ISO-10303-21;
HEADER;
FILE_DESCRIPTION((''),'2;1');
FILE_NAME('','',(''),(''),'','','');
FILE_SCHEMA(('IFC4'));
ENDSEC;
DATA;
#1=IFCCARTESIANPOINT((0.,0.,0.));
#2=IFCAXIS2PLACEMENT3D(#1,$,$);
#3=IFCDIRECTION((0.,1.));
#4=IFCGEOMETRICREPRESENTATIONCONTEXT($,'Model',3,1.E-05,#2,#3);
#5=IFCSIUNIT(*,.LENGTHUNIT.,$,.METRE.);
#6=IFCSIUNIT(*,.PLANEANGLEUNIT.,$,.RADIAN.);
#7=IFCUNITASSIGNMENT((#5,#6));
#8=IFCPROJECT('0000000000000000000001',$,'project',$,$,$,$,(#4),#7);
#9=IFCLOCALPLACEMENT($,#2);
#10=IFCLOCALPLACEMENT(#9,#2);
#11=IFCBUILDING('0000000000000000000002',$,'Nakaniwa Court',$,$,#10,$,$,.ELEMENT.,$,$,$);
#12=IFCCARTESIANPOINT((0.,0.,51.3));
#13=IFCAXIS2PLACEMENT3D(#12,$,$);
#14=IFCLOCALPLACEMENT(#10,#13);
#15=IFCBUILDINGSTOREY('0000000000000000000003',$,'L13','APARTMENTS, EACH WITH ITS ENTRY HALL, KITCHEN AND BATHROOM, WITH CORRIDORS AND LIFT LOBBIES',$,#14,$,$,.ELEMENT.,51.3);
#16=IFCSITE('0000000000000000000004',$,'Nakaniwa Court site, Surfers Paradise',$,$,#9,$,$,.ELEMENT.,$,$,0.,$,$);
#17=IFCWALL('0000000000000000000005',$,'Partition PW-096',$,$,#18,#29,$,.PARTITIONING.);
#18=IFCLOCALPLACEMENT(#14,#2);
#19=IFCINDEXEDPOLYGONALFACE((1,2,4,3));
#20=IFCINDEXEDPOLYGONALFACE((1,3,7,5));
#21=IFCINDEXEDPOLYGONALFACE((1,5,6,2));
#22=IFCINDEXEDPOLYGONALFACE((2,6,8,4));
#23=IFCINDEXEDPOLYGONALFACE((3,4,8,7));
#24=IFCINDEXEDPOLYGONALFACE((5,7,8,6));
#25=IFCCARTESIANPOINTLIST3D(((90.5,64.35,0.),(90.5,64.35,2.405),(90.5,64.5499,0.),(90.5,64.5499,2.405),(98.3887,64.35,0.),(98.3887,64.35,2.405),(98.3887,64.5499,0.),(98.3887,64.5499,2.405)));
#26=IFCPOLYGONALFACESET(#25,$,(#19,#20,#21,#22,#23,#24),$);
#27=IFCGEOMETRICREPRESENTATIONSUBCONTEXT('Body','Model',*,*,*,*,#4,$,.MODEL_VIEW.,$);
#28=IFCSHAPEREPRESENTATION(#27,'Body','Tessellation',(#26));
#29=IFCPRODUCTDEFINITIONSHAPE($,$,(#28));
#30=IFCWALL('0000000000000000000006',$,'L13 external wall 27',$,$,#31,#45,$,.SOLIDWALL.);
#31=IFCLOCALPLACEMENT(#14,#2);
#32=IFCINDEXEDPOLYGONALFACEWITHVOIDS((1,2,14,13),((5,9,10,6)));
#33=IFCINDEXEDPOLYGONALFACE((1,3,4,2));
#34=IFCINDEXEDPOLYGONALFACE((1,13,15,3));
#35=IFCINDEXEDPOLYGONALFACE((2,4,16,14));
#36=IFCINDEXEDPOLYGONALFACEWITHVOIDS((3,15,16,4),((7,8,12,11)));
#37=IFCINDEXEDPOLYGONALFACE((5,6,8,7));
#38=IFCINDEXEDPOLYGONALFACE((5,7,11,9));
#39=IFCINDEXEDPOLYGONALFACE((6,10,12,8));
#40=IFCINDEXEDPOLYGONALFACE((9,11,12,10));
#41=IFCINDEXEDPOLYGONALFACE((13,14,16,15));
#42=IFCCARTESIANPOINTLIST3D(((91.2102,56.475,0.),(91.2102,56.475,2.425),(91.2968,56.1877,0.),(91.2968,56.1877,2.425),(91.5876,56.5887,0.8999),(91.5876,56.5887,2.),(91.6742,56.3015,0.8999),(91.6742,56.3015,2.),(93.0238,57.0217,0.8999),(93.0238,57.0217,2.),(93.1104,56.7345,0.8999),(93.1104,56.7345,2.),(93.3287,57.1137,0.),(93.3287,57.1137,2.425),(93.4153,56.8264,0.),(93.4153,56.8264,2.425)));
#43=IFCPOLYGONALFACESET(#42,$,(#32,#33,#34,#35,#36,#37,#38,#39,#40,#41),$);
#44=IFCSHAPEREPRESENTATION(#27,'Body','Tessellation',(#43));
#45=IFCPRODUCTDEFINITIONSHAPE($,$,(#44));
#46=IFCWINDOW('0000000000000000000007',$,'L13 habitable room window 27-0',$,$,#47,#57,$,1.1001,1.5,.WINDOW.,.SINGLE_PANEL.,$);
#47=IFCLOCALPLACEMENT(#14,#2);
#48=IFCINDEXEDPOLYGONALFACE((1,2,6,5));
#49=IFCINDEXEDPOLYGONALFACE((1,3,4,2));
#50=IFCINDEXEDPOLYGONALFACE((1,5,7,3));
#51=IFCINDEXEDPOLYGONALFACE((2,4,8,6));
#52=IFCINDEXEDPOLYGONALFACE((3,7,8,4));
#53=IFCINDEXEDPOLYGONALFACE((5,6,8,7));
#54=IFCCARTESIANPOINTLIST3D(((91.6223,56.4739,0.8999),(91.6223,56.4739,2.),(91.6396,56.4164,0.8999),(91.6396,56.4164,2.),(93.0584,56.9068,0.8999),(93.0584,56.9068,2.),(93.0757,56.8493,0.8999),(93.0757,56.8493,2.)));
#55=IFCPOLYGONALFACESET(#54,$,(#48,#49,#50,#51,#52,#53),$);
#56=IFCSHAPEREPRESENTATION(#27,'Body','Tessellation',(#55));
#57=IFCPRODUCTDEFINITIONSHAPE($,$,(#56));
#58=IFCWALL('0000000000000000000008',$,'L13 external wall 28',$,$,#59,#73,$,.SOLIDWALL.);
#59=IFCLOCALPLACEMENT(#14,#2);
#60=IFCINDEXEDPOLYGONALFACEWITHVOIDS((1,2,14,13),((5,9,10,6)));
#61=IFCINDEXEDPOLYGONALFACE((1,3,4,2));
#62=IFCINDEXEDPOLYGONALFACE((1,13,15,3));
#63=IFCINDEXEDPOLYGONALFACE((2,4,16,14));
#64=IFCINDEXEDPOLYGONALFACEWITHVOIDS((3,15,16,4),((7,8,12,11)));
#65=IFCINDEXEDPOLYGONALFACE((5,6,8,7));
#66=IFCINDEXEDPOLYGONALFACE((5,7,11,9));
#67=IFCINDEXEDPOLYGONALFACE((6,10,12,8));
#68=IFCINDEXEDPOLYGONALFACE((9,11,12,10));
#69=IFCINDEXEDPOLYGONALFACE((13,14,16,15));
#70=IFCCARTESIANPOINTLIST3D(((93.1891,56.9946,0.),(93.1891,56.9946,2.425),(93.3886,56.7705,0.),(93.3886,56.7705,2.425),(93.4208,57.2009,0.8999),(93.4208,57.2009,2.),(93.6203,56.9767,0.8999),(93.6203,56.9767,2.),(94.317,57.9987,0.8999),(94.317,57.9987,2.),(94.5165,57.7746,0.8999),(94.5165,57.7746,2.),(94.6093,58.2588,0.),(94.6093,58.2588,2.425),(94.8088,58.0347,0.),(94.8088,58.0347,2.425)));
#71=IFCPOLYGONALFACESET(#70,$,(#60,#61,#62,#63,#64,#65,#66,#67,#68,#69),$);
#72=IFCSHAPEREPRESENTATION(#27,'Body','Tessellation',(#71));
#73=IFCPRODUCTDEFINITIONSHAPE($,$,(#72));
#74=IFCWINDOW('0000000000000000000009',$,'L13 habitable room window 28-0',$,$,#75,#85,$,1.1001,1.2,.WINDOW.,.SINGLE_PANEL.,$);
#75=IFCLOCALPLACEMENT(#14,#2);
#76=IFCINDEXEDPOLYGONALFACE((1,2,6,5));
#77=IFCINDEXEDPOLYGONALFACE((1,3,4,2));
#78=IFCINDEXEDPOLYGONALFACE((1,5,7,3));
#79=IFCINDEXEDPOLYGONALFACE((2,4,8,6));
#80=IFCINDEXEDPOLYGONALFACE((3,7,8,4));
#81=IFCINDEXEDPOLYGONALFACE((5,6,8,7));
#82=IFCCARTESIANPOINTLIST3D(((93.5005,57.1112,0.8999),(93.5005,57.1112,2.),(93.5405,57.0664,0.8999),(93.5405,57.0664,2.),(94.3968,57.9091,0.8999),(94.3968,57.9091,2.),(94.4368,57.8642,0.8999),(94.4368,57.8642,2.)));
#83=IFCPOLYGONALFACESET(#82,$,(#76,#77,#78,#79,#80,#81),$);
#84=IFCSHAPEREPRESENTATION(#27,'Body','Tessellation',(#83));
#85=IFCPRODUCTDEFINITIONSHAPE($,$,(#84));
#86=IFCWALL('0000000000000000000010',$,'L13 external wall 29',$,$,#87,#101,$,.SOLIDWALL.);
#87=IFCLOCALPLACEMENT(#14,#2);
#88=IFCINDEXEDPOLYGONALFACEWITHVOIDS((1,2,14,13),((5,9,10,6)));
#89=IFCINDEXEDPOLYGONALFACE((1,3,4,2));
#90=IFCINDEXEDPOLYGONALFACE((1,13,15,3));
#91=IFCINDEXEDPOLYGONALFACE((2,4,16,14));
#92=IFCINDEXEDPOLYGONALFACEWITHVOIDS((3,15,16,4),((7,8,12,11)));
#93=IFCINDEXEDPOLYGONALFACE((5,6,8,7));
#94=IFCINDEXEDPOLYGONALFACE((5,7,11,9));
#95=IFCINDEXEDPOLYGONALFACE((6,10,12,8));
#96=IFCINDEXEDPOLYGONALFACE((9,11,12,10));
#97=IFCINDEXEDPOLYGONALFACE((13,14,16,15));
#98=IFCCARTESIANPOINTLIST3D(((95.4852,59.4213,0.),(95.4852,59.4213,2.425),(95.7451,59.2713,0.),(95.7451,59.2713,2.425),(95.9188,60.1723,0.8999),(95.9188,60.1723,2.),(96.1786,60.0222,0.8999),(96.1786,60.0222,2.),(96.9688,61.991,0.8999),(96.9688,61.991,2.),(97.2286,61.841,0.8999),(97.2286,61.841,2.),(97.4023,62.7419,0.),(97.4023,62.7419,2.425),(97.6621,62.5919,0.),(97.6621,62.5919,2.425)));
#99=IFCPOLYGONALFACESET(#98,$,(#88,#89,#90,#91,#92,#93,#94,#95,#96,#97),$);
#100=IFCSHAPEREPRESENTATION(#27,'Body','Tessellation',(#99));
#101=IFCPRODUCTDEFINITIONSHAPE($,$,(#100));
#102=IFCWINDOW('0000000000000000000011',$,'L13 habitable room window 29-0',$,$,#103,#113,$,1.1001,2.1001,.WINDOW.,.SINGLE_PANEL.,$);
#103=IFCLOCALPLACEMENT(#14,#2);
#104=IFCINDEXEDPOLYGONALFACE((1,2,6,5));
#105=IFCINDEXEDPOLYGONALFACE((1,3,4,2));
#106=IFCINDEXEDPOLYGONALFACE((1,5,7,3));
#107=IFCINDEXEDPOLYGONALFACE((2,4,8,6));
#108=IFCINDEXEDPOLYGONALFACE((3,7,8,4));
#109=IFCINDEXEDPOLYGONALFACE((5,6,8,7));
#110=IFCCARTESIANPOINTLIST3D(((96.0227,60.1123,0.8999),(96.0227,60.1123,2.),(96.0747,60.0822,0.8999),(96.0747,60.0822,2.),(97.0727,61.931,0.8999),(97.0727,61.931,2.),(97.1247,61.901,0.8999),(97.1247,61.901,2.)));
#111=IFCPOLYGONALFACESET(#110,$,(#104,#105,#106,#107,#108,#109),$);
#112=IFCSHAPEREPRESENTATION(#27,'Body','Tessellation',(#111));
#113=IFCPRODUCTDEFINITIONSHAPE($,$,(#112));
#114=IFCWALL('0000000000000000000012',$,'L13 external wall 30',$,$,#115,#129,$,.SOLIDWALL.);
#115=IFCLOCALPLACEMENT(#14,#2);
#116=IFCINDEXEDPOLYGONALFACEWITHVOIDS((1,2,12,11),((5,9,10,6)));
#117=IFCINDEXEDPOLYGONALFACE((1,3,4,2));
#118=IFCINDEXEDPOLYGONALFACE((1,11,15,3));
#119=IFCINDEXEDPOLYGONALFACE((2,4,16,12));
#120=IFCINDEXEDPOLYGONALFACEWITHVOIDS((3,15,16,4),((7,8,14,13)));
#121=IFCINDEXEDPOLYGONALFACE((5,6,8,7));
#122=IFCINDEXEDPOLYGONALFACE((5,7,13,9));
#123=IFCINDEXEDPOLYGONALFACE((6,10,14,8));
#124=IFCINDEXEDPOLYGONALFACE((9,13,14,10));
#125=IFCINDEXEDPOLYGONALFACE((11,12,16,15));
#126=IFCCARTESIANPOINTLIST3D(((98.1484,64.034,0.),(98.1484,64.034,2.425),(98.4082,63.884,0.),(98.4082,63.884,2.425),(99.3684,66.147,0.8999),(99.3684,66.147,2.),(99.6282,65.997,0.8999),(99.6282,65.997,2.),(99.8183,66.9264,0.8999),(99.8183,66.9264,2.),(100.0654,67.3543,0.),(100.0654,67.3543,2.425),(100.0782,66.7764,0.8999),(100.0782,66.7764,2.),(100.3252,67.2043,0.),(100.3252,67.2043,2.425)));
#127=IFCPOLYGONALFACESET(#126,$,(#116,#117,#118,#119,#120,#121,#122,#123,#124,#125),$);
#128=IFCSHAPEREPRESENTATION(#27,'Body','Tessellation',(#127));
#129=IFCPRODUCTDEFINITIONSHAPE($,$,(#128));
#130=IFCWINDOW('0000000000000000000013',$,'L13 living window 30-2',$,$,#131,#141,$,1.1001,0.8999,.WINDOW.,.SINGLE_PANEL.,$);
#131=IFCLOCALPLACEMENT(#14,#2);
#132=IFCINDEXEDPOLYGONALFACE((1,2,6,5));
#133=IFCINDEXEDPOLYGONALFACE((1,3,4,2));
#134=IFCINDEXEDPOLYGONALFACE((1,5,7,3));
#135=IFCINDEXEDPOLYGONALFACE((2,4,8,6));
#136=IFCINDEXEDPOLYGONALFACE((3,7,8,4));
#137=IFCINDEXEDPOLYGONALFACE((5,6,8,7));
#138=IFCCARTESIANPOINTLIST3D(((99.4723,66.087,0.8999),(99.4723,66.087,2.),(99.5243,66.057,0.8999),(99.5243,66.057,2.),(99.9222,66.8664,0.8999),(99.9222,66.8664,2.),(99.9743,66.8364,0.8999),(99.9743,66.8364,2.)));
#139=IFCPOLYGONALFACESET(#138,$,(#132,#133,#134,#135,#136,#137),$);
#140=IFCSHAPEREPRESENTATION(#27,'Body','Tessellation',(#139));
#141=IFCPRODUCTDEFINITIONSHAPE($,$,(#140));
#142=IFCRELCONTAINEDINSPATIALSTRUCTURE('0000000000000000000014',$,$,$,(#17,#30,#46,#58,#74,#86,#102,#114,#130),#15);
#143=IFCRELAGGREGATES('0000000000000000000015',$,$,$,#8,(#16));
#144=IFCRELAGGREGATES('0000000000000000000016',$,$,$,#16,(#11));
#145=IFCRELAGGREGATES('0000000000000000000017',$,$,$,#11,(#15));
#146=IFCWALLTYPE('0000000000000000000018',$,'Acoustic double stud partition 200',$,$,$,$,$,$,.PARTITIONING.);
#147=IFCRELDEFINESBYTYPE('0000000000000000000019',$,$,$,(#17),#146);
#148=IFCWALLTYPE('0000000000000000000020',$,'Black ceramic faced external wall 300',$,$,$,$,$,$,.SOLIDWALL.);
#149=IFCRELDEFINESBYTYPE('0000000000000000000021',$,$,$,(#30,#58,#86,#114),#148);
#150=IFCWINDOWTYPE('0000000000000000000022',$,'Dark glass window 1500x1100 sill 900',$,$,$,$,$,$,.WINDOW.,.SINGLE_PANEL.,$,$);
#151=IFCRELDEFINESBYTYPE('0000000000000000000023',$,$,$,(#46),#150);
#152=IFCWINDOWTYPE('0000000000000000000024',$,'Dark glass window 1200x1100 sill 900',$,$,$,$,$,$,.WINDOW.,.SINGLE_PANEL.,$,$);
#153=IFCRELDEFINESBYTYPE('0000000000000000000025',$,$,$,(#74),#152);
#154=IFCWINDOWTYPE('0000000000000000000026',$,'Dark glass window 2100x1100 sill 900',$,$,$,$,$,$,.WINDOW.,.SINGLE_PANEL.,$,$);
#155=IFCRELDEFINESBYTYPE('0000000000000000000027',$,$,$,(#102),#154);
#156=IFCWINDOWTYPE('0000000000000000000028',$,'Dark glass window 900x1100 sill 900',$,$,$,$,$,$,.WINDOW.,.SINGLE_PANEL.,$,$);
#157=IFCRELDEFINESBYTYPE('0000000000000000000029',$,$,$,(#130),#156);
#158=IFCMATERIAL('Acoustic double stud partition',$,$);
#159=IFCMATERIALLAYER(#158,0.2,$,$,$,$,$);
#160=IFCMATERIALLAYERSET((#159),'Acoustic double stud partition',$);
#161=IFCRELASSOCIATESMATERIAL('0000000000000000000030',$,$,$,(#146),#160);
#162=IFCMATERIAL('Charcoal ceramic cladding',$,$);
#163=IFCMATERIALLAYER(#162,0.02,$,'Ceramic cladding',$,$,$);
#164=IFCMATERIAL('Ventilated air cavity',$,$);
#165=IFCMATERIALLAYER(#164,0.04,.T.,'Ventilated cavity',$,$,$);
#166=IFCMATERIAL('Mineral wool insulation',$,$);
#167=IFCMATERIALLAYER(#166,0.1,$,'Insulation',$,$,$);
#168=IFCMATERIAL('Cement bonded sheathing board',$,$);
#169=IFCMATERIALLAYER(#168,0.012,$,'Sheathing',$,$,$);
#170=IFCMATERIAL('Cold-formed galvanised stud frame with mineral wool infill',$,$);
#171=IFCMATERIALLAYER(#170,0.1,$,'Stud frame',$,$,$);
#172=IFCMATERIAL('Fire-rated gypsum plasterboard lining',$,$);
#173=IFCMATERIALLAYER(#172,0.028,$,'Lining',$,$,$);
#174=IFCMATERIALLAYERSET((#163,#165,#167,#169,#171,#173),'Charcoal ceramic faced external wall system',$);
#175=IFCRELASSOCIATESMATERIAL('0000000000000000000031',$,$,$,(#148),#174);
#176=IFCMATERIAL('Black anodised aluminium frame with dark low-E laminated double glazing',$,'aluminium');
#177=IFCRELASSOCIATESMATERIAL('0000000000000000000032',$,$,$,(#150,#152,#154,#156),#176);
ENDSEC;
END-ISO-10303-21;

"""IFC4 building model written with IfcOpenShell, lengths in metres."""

from ifc_helpers import new_model, si_unit, direction, frame, frame_2d, origin, place, context, subcontext, project, spatial, rectangle, extrude, material, layer, layer_set, type_object, element, fill, save


model = new_model("IFC4")

# Units and contexts
model_context = context("Model", 3, precision=1e-05, world=origin(), true_north=direction((0.0, 1.0)))
body_context = subcontext(model_context, "Body", "Model", "MODEL_VIEW")
ifc_project = project(units=[si_unit("LENGTHUNIT", "METRE"), si_unit("PLANEANGLEUNIT", "RADIAN")], contexts=[model_context])

# Site, building, storey
site_placement = place(None, origin())
site = spatial("IfcSite", under=ifc_project, at=site_placement, Name="Nakaniwa Court site, Surfers Paradise", CompositionType="ELEMENT", RefElevation=0.0)
building_placement = place(site_placement, origin())
building = spatial("IfcBuilding", under=site, at=building_placement, Name="Nakaniwa Court", CompositionType="ELEMENT")
storey_placement = place(building_placement, frame((0.0, 0.0, 51.3)))
storey = spatial("IfcBuildingStorey", under=building, at=storey_placement, Name="L13", Description="APARTMENTS, EACH WITH ITS ENTRY HALL, KITCHEN AND BATHROOM, WITH CORRIDORS AND LIFT LOBBIES", CompositionType="ELEMENT", Elevation=51.3)

# Wall
ifc_material_1 = material(Name="Acoustic double stud partition")
ifc_layer_1 = layer(ifc_material_1, 0.2)
ifc_layer_set_1 = layer_set([ifc_layer_1], Name="Acoustic double stud partition")
wall_type_1 = type_object("IfcWallType", Name="Acoustic double stud partition 200", PredefinedType="PARTITIONING", material=ifc_layer_set_1)
wall_1_placement = place(storey_placement, frame((90.5, 64.45, 0.0), z_axis=(0.0, 0.0, 1.0), x_axis=(1.0, 0.0, 0.0)))
element("IfcWall", 1, at=wall_1_placement, inside=storey, type_object=wall_type_1, Name="Partition PW-096", PredefinedType="PARTITIONING", context=body_context, shape_type="SweptSolid", body=[
    extrude(rectangle(XDim=7.8887, YDim=0.2, at=frame_2d((3.9443, 0.0))), origin(), (0.0, 0.0, 1.0), 2.405),
])

# Walls, openings, windows
ifc_material_2 = material(Name="Charcoal ceramic cladding")
ifc_layer_2 = layer(ifc_material_2, 0.02, Name="Ceramic cladding")
ifc_material_3 = material(Name="Ventilated air cavity")
ifc_layer_3 = layer(ifc_material_3, 0.04, ventilated=True, Name="Ventilated cavity")
ifc_material_4 = material(Name="Mineral wool insulation")
ifc_layer_4 = layer(ifc_material_4, 0.1, Name="Insulation")
ifc_material_5 = material(Name="Cement bonded sheathing board")
ifc_layer_5 = layer(ifc_material_5, 0.012, Name="Sheathing")
ifc_material_6 = material(Name="Cold-formed galvanised stud frame with mineral wool infill")
ifc_layer_6 = layer(ifc_material_6, 0.1, Name="Stud frame")
ifc_material_7 = material(Name="Fire-rated gypsum plasterboard lining")
ifc_layer_7 = layer(ifc_material_7, 0.028, Name="Lining")
ifc_layer_set_2 = layer_set([ifc_layer_2, ifc_layer_3, ifc_layer_4, ifc_layer_5, ifc_layer_6, ifc_layer_7], Name="Charcoal ceramic faced external wall system")
wall_type_2 = type_object("IfcWallType", Name="Black ceramic faced external wall 300", PredefinedType="SOLIDWALL", material=ifc_layer_set_2)
wall_2_placement = place(storey_placement, frame((91.2534, 56.3313, 0.0), z_axis=(0.0, 0.0, 1.0), x_axis=(0.957434, 0.288653, 0.0)))
wall_2 = element("IfcWall", 2, at=wall_2_placement, inside=storey, type_object=wall_type_2, Name="L13 external wall 27", PredefinedType="SOLIDWALL", context=body_context, shape_type="SweptSolid", body=[
    extrude(rectangle(XDim=2.2126, YDim=0.3, at=frame_2d((1.1064, 0.0))), origin(), (0.0, 0.0, 1.0), 2.425),
])
opening_1_placement = place(wall_2_placement, frame((0.3943, 0.0, 0.8999)))
opening_1 = element("IfcOpeningElement", 3, at=opening_1_placement, cuts=wall_2, PredefinedType="OPENING", context=body_context, shape_type="SweptSolid", body=[
    extrude(rectangle(XDim=1.5, YDim=1.1001, at=frame_2d((0.75, 0.55))), frame((0.0, 0.1599, 0.0), z_axis=(0.0, -1.0, 0.0), x_axis=(1.0, 0.0, 0.0)), (0.0, 0.0, 1.0), 0.3201),
])
ifc_material_8 = material(Name="Black anodised aluminium frame with dark low-E laminated double glazing", Category="aluminium")
window_type_1 = type_object("IfcWindowType", Name="Dark glass window 1500x1100 sill 900", PartitioningType="SINGLE_PANEL", PredefinedType="WINDOW", material=ifc_material_8)
window_1_placement = place(opening_1_placement, origin())
window_1 = element("IfcWindow", 4, at=window_1_placement, inside=storey, type_object=window_type_1, Name="L13 habitable room window 27-0", OverallHeight=1.1001, OverallWidth=1.5, PartitioningType="SINGLE_PANEL", PredefinedType="WINDOW", context=body_context, shape_type="SweptSolid", body=[
    extrude(rectangle(XDim=1.5, YDim=1.1001, at=frame_2d((0.75, 0.55))), frame((0.0, 0.03, 0.0), z_axis=(0.0, -1.0, 0.0), x_axis=(1.0, 0.0, 0.0)), (0.0, 0.0, 1.0), 0.0601),
])
fill(opening_1, window_1)
wall_3_placement = place(storey_placement, frame((93.2888, 56.8826, 0.0), z_axis=(0.0, 0.0, 1.0), x_axis=(0.746942, 0.66489, 0.0)))
wall_3 = element("IfcWall", 5, at=wall_3_placement, inside=storey, type_object=wall_type_2, Name="L13 external wall 28", PredefinedType="SOLIDWALL", context=body_context, shape_type="SweptSolid", body=[
    extrude(rectangle(XDim=1.9014, YDim=0.3, at=frame_2d((0.9507, 0.0))), origin(), (0.0, 0.0, 1.0), 2.425),
])
opening_2_placement = place(wall_3_placement, frame((0.3101, 0.0, 0.8999)))
opening_2 = element("IfcOpeningElement", 6, at=opening_2_placement, cuts=wall_3, PredefinedType="OPENING", context=body_context, shape_type="SweptSolid", body=[
    extrude(rectangle(XDim=1.2, YDim=1.1001, at=frame_2d((0.6001, 0.55))), frame((0.0, 0.1599, 0.0), z_axis=(0.0, -1.0, 0.0), x_axis=(1.0, 0.0, 0.0)), (0.0, 0.0, 1.0), 0.3201),
])
window_type_2 = type_object("IfcWindowType", Name="Dark glass window 1200x1100 sill 900", PartitioningType="SINGLE_PANEL", PredefinedType="WINDOW", material=ifc_material_8)
window_2_placement = place(opening_2_placement, origin())
window_2 = element("IfcWindow", 7, at=window_2_placement, inside=storey, type_object=window_type_2, Name="L13 habitable room window 28-0", OverallHeight=1.1001, OverallWidth=1.2, PartitioningType="SINGLE_PANEL", PredefinedType="WINDOW", context=body_context, shape_type="SweptSolid", body=[
    extrude(rectangle(XDim=1.2, YDim=1.1001, at=frame_2d((0.6001, 0.55))), frame((0.0, 0.03, 0.0), z_axis=(0.0, -1.0, 0.0), x_axis=(1.0, 0.0, 0.0)), (0.0, 0.0, 1.0), 0.0601),
])
fill(opening_2, window_2)
wall_4_placement = place(storey_placement, frame((95.6152, 59.3464, 0.0), z_axis=(0.0, 0.0, 1.0), x_axis=(0.499974, 0.86604, 0.0)))
wall_4 = element("IfcWall", 8, at=wall_4_placement, inside=storey, type_object=wall_type_2, Name="L13 external wall 29", PredefinedType="SOLIDWALL", context=body_context, shape_type="SweptSolid", body=[
    extrude(rectangle(XDim=3.8342, YDim=0.3, at=frame_2d((1.917, 0.0))), origin(), (0.0, 0.0, 1.0), 2.425),
])
opening_3_placement = place(wall_4_placement, frame((0.8669, 0.0, 0.8999)))
opening_3 = element("IfcOpeningElement", 9, at=opening_3_placement, cuts=wall_4, PredefinedType="OPENING", context=body_context, shape_type="SweptSolid", body=[
    extrude(rectangle(XDim=2.1001, YDim=1.1001, at=frame_2d((1.05, 0.55))), frame((0.0, 0.1599, 0.0), z_axis=(0.0, -1.0, 0.0), x_axis=(1.0, 0.0, 0.0)), (0.0, 0.0, 1.0), 0.3201),
])
window_type_3 = type_object("IfcWindowType", Name="Dark glass window 2100x1100 sill 900", PartitioningType="SINGLE_PANEL", PredefinedType="WINDOW", material=ifc_material_8)
window_3_placement = place(opening_3_placement, origin())
window_3 = element("IfcWindow", 10, at=window_3_placement, inside=storey, type_object=window_type_3, Name="L13 habitable room window 29-0", OverallHeight=1.1001, OverallWidth=2.1001, PartitioningType="SINGLE_PANEL", PredefinedType="WINDOW", context=body_context, shape_type="SweptSolid", body=[
    extrude(rectangle(XDim=2.1001, YDim=1.1001, at=frame_2d((1.05, 0.55))), frame((0.0, 0.03, 0.0), z_axis=(0.0, -1.0, 0.0), x_axis=(1.0, 0.0, 0.0)), (0.0, 0.0, 1.0), 0.0601),
])
fill(opening_3, window_3)
wall_5_placement = place(storey_placement, frame((98.2783, 63.959, 0.0), z_axis=(0.0, 0.0, 1.0), x_axis=(0.500002, 0.866024, 0.0)))
wall_5 = element("IfcWall", 11, at=wall_5_placement, inside=storey, type_object=wall_type_2, Name="L13 external wall 30", PredefinedType="SOLIDWALL", context=body_context, shape_type="SweptSolid", body=[
    extrude(rectangle(XDim=3.834, YDim=0.3, at=frame_2d((1.917, 0.0))), origin(), (0.0, 0.0, 1.0), 2.425),
])
opening_4_placement = place(wall_5_placement, frame((2.4399, 0.0, 0.8999)))
opening_4 = element("IfcOpeningElement", 12, at=opening_4_placement, cuts=wall_5, PredefinedType="OPENING", context=body_context, shape_type="SweptSolid", body=[
    extrude(rectangle(XDim=0.8999, YDim=1.1001, at=frame_2d((0.45, 0.55))), frame((0.0, 0.1599, 0.0), z_axis=(0.0, -1.0, 0.0), x_axis=(1.0, 0.0, 0.0)), (0.0, 0.0, 1.0), 0.3201),
])
window_type_4 = type_object("IfcWindowType", Name="Dark glass window 900x1100 sill 900", PartitioningType="SINGLE_PANEL", PredefinedType="WINDOW", material=ifc_material_8)
window_4_placement = place(opening_4_placement, origin())
window_4 = element("IfcWindow", 13, at=window_4_placement, inside=storey, type_object=window_type_4, Name="L13 living window 30-2", OverallHeight=1.1001, OverallWidth=0.8999, PartitioningType="SINGLE_PANEL", PredefinedType="WINDOW", context=body_context, shape_type="SweptSolid", body=[
    extrude(rectangle(XDim=0.8999, YDim=1.1001, at=frame_2d((0.45, 0.55))), frame((0.0, 0.03, 0.0), z_axis=(0.0, -1.0, 0.0), x_axis=(1.0, 0.0, 0.0)), (0.0, 0.0, 1.0), 0.0601),
])
fill(opening_4, window_4)

save(model, "model.ifc")
